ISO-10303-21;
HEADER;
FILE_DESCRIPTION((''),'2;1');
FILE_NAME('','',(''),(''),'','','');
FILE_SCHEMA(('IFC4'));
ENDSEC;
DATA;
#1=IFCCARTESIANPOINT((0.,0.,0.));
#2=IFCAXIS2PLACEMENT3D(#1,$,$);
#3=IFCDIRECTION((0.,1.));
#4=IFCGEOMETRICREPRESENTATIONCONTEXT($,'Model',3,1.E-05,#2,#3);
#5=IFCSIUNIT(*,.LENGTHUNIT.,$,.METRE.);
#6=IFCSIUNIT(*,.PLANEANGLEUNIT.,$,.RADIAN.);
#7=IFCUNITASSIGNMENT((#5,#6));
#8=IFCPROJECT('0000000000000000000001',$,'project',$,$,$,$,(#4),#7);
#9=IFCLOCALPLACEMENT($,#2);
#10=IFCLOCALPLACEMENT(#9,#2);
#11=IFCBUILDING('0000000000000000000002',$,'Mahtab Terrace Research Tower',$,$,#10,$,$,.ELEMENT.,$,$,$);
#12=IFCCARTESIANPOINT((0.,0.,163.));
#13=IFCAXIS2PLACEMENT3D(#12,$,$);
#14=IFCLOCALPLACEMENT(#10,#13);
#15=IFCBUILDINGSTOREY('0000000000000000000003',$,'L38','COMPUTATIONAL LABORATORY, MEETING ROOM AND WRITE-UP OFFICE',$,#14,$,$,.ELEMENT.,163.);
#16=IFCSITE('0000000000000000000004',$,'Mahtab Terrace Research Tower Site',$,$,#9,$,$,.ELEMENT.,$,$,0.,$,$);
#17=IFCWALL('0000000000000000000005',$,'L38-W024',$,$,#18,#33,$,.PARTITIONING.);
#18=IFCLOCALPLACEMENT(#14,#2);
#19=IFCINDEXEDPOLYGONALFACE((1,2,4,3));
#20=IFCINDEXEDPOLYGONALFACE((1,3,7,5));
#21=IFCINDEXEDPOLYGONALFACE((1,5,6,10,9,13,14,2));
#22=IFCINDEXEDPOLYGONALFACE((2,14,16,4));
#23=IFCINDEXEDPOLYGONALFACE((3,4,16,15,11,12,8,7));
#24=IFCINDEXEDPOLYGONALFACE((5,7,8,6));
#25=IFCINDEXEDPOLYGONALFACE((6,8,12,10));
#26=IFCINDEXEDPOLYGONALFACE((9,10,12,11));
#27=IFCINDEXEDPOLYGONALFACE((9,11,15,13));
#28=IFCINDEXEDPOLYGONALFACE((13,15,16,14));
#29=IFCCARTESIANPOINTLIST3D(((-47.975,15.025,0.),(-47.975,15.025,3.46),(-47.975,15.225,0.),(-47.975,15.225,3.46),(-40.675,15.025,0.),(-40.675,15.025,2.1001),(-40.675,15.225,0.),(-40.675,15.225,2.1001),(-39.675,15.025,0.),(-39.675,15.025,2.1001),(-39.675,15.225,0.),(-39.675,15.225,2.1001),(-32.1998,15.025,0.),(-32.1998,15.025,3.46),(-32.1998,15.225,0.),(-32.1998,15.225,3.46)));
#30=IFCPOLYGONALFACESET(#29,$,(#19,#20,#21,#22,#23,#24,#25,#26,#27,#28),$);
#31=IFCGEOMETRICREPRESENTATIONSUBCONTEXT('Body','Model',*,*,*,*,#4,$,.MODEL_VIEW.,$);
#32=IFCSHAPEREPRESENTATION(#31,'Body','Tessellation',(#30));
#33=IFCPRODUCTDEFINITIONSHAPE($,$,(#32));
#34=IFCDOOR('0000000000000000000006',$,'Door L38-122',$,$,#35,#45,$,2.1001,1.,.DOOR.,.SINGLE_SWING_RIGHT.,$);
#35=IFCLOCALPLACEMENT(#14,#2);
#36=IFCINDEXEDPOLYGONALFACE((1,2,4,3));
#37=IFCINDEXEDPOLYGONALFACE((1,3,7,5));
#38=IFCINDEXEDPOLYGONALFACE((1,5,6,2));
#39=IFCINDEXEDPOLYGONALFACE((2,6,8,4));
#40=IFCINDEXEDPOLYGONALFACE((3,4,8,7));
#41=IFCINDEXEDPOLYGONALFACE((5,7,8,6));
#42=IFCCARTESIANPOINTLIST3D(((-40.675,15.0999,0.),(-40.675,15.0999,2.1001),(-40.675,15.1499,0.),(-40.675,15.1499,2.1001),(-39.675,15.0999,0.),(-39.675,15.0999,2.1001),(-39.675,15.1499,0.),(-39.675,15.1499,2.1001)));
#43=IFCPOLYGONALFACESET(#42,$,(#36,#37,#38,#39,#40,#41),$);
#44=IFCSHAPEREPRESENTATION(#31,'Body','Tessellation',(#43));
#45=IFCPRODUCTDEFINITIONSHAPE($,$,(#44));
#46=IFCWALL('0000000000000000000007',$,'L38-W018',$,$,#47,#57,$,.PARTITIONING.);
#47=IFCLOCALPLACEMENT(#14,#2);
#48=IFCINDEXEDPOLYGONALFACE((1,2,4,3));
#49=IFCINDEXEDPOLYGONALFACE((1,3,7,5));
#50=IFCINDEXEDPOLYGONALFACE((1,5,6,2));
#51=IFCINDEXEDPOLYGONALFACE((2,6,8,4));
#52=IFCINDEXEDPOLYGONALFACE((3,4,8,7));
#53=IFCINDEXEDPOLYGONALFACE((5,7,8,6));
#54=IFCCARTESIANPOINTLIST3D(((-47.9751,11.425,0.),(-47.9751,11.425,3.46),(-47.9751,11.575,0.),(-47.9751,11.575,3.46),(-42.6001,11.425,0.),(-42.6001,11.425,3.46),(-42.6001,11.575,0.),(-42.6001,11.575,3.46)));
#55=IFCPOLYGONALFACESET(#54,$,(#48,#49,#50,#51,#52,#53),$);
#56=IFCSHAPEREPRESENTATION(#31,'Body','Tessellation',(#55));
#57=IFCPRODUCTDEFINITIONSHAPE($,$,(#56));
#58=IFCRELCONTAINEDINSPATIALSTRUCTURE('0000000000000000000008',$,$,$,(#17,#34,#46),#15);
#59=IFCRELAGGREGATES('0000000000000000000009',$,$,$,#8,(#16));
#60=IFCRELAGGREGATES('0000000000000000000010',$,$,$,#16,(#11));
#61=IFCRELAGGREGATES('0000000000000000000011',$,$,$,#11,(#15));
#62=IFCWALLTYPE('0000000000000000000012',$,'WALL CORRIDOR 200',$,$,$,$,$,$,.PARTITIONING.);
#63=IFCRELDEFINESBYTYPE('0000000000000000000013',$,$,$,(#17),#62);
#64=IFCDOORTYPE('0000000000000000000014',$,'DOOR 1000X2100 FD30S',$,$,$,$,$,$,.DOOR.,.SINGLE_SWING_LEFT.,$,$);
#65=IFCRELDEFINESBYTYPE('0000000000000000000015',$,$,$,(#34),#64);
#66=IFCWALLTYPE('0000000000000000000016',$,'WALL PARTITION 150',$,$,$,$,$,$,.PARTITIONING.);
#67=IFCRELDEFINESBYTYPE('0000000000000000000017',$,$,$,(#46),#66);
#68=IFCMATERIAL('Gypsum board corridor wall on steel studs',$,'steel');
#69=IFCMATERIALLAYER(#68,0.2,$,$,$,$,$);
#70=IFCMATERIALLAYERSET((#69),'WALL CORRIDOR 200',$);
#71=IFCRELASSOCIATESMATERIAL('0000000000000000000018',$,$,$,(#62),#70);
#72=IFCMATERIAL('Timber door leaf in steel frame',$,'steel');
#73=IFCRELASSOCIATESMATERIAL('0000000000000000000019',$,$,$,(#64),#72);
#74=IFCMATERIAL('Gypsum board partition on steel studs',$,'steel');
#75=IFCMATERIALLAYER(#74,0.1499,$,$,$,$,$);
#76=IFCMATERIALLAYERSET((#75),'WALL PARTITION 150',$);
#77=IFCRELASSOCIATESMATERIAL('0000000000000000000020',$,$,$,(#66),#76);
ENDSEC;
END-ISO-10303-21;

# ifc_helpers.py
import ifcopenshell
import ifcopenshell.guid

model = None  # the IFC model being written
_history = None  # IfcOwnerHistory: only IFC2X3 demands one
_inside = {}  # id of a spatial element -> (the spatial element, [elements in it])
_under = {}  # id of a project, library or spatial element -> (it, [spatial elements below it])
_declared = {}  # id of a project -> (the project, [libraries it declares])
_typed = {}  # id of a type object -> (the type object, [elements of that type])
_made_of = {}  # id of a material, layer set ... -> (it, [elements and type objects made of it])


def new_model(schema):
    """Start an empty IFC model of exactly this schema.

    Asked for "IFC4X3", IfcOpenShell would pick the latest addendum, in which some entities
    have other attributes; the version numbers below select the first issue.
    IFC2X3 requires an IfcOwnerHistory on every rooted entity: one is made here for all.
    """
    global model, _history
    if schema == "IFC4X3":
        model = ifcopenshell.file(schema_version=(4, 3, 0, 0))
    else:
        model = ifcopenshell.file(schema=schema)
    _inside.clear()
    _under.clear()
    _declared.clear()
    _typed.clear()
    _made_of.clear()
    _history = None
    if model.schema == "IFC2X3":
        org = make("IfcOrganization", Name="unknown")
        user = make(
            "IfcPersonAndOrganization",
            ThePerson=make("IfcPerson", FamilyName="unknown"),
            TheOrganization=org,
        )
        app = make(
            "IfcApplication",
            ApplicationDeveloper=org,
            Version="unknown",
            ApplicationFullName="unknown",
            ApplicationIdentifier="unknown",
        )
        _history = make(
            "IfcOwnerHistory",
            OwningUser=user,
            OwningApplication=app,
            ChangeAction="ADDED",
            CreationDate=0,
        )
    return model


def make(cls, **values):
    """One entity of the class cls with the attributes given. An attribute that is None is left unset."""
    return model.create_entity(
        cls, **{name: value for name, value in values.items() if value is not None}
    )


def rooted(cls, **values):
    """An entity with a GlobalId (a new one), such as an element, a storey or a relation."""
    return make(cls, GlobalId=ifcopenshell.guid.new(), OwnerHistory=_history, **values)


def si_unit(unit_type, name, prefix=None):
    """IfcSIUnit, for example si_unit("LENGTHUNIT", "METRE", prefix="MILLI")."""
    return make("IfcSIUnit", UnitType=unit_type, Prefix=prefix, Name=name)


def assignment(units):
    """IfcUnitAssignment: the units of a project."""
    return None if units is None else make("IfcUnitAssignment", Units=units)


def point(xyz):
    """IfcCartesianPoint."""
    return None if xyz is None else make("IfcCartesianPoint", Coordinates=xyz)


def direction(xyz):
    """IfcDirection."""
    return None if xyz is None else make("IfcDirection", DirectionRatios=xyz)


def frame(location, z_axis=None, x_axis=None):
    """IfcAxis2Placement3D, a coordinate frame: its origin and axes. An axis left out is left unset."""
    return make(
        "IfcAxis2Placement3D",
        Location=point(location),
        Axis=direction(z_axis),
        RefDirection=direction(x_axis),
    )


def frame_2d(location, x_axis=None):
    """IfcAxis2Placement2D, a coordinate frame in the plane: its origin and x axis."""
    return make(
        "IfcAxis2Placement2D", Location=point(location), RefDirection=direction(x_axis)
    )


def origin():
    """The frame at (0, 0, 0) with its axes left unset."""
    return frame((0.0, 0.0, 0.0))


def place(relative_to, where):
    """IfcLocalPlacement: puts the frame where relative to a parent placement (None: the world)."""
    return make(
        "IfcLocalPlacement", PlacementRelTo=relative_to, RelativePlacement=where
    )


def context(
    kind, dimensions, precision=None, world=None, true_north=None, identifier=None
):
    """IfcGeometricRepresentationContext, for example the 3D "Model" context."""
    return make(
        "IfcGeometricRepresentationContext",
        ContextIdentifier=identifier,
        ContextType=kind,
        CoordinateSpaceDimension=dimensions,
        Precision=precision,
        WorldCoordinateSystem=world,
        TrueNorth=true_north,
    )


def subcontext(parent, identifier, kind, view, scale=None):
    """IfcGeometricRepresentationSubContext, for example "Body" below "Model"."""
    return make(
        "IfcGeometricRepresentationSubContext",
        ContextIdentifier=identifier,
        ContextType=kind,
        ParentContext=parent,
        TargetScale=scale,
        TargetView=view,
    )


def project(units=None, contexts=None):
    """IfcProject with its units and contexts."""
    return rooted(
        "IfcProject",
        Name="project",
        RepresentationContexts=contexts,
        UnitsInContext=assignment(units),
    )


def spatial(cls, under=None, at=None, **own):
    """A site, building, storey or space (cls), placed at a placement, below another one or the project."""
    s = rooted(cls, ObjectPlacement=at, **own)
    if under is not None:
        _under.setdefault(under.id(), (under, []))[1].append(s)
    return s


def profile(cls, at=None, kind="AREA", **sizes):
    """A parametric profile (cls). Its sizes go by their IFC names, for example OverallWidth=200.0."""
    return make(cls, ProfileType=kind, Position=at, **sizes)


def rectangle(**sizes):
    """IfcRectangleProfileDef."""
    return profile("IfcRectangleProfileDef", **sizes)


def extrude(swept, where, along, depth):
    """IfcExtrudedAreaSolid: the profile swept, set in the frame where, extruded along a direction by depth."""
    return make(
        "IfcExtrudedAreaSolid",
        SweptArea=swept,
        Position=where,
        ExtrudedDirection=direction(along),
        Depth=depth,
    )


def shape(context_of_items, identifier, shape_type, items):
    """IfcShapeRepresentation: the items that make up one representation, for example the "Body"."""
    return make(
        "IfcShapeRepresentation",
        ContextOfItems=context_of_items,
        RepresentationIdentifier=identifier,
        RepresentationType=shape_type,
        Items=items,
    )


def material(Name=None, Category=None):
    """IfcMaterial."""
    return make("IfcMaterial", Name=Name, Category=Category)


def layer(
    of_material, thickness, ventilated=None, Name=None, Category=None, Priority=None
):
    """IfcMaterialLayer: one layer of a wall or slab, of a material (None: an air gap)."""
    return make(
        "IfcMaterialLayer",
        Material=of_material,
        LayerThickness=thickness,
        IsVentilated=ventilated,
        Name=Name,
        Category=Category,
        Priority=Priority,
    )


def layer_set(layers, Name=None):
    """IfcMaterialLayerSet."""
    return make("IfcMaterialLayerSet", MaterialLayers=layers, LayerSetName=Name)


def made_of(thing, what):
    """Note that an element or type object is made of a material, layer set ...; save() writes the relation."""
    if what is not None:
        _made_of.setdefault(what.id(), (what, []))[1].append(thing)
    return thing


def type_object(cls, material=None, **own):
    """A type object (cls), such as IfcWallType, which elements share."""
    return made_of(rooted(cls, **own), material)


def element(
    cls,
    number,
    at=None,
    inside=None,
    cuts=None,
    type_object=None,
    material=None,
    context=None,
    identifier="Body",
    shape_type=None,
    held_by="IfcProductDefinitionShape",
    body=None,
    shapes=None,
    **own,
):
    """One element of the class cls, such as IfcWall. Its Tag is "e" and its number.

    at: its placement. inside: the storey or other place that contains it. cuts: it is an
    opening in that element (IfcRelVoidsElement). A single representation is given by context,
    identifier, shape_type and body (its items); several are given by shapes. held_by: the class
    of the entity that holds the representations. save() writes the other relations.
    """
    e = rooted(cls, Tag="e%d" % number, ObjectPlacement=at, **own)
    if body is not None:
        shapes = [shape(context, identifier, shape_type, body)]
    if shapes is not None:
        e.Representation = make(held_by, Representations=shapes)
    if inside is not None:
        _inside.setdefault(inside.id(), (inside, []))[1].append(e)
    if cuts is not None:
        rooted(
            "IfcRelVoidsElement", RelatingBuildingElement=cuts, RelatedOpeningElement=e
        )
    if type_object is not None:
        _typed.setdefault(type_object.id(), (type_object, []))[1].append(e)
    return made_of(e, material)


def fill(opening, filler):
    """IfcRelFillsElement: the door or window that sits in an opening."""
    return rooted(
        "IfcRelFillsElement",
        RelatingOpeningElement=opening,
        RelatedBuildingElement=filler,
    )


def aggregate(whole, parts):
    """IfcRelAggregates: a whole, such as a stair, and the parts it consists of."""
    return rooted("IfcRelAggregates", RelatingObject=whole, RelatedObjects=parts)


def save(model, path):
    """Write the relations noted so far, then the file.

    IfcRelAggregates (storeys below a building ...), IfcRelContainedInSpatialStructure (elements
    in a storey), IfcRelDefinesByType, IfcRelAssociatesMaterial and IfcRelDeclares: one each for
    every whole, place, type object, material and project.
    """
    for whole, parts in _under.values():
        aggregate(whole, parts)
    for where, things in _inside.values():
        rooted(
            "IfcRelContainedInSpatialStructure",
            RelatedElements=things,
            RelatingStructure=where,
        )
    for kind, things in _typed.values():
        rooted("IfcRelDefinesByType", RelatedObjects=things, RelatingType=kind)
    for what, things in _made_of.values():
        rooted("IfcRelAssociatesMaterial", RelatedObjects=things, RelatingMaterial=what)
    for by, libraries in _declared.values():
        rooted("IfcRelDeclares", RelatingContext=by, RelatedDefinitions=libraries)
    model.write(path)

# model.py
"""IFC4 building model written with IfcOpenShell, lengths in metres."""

from ifc_helpers import new_model, si_unit, direction, frame, frame_2d, origin, place, context, subcontext, project, spatial, rectangle, extrude, material, layer, layer_set, type_object, element, fill, save


model = new_model("IFC4")

# Units and contexts
model_context = context("Model", 3, precision=1e-05, world=origin(), true_north=direction((0.0, 1.0)))
body_context = subcontext(model_context, "Body", "Model", "MODEL_VIEW")
ifc_project = project(units=[si_unit("LENGTHUNIT", "METRE"), si_unit("PLANEANGLEUNIT", "RADIAN")], contexts=[model_context])

# Site, building, storey
site_placement = place(None, origin())
site = spatial("IfcSite", under=ifc_project, at=site_placement, Name="Mahtab Terrace Research Tower Site", CompositionType="ELEMENT", RefElevation=0.0)
building_placement = place(site_placement, origin())
building = spatial("IfcBuilding", under=site, at=building_placement, Name="Mahtab Terrace Research Tower", CompositionType="ELEMENT")
storey_placement = place(building_placement, frame((0.0, 0.0, 163.0)))
storey = spatial("IfcBuildingStorey", under=building, at=storey_placement, Name="L38", Description="COMPUTATIONAL LABORATORY, MEETING ROOM AND WRITE-UP OFFICE", CompositionType="ELEMENT", Elevation=163.0)

# Wall, opening, door
ifc_material_1 = material(Name="Gypsum board corridor wall on steel studs", Category="steel")
ifc_layer_1 = layer(ifc_material_1, 0.2)
ifc_layer_set_1 = layer_set([ifc_layer_1], Name="WALL CORRIDOR 200")
wall_type_1 = type_object("IfcWallType", Name="WALL CORRIDOR 200", PredefinedType="PARTITIONING", material=ifc_layer_set_1)
wall_1_placement = place(storey_placement, frame((-47.9751, 15.125, 0.0), z_axis=(0.0, 0.0, 1.0), x_axis=(1.0, 0.0, 0.0)))
wall_1 = element("IfcWall", 1, at=wall_1_placement, inside=storey, type_object=wall_type_1, Name="L38-W024", PredefinedType="PARTITIONING", context=body_context, shape_type="SweptSolid", body=[
    extrude(rectangle(XDim=15.7751, YDim=0.2, at=frame_2d((7.8877, 0.0))), origin(), (0.0, 0.0, 1.0), 3.46),
])
opening_placement = place(wall_1_placement, frame((7.3, 0.0, 0.0)))
opening = element("IfcOpeningElement", 2, at=opening_placement, cuts=wall_1, PredefinedType="OPENING", context=body_context, shape_type="SweptSolid", body=[
    extrude(rectangle(XDim=1.0, YDim=2.1001, at=frame_2d((0.5, 1.05))), frame((0.0, 0.1099, 0.0), z_axis=(0.0, -1.0, 0.0), x_axis=(1.0, 0.0, 0.0)), (0.0, 0.0, 1.0), 0.22),
])
ifc_material_2 = material(Name="Timber door leaf in steel frame", Category="steel")
door_type = type_object("IfcDoorType", Name="DOOR 1000X2100 FD30S", OperationType="SINGLE_SWING_LEFT", PredefinedType="DOOR", material=ifc_material_2)
door_placement = place(opening_placement, origin())
door = element("IfcDoor", 3, at=door_placement, inside=storey, type_object=door_type, Name="Door L38-122", OperationType="SINGLE_SWING_RIGHT", OverallHeight=2.1001, OverallWidth=1.0, PredefinedType="DOOR", context=body_context, shape_type="SweptSolid", body=[
    extrude(rectangle(XDim=1.0, YDim=2.1001, at=frame_2d((0.5, 1.05))), frame((0.0, 0.0249, 0.0), z_axis=(0.0, -1.0, 0.0), x_axis=(1.0, 0.0, 0.0)), (0.0, 0.0, 1.0), 0.05),
])
fill(opening, door)

# Wall
ifc_material_3 = material(Name="Gypsum board partition on steel studs", Category="steel")
ifc_layer_2 = layer(ifc_material_3, 0.1499)
ifc_layer_set_2 = layer_set([ifc_layer_2], Name="WALL PARTITION 150")
wall_type_2 = type_object("IfcWallType", Name="WALL PARTITION 150", PredefinedType="PARTITIONING", material=ifc_layer_set_2)
wall_2_placement = place(storey_placement, frame((-47.9751, 11.5, 0.0), z_axis=(0.0, 0.0, 1.0), x_axis=(1.0, 0.0, 0.0)))
element("IfcWall", 4, at=wall_2_placement, inside=storey, type_object=wall_type_2, Name="L38-W018", PredefinedType="PARTITIONING", context=body_context, shape_type="SweptSolid", body=[
    extrude(rectangle(XDim=5.375, YDim=0.1499, at=frame_2d((2.6875, 0.0))), origin(), (0.0, 0.0, 1.0), 3.46),
])

save(model, "model.ifc")
